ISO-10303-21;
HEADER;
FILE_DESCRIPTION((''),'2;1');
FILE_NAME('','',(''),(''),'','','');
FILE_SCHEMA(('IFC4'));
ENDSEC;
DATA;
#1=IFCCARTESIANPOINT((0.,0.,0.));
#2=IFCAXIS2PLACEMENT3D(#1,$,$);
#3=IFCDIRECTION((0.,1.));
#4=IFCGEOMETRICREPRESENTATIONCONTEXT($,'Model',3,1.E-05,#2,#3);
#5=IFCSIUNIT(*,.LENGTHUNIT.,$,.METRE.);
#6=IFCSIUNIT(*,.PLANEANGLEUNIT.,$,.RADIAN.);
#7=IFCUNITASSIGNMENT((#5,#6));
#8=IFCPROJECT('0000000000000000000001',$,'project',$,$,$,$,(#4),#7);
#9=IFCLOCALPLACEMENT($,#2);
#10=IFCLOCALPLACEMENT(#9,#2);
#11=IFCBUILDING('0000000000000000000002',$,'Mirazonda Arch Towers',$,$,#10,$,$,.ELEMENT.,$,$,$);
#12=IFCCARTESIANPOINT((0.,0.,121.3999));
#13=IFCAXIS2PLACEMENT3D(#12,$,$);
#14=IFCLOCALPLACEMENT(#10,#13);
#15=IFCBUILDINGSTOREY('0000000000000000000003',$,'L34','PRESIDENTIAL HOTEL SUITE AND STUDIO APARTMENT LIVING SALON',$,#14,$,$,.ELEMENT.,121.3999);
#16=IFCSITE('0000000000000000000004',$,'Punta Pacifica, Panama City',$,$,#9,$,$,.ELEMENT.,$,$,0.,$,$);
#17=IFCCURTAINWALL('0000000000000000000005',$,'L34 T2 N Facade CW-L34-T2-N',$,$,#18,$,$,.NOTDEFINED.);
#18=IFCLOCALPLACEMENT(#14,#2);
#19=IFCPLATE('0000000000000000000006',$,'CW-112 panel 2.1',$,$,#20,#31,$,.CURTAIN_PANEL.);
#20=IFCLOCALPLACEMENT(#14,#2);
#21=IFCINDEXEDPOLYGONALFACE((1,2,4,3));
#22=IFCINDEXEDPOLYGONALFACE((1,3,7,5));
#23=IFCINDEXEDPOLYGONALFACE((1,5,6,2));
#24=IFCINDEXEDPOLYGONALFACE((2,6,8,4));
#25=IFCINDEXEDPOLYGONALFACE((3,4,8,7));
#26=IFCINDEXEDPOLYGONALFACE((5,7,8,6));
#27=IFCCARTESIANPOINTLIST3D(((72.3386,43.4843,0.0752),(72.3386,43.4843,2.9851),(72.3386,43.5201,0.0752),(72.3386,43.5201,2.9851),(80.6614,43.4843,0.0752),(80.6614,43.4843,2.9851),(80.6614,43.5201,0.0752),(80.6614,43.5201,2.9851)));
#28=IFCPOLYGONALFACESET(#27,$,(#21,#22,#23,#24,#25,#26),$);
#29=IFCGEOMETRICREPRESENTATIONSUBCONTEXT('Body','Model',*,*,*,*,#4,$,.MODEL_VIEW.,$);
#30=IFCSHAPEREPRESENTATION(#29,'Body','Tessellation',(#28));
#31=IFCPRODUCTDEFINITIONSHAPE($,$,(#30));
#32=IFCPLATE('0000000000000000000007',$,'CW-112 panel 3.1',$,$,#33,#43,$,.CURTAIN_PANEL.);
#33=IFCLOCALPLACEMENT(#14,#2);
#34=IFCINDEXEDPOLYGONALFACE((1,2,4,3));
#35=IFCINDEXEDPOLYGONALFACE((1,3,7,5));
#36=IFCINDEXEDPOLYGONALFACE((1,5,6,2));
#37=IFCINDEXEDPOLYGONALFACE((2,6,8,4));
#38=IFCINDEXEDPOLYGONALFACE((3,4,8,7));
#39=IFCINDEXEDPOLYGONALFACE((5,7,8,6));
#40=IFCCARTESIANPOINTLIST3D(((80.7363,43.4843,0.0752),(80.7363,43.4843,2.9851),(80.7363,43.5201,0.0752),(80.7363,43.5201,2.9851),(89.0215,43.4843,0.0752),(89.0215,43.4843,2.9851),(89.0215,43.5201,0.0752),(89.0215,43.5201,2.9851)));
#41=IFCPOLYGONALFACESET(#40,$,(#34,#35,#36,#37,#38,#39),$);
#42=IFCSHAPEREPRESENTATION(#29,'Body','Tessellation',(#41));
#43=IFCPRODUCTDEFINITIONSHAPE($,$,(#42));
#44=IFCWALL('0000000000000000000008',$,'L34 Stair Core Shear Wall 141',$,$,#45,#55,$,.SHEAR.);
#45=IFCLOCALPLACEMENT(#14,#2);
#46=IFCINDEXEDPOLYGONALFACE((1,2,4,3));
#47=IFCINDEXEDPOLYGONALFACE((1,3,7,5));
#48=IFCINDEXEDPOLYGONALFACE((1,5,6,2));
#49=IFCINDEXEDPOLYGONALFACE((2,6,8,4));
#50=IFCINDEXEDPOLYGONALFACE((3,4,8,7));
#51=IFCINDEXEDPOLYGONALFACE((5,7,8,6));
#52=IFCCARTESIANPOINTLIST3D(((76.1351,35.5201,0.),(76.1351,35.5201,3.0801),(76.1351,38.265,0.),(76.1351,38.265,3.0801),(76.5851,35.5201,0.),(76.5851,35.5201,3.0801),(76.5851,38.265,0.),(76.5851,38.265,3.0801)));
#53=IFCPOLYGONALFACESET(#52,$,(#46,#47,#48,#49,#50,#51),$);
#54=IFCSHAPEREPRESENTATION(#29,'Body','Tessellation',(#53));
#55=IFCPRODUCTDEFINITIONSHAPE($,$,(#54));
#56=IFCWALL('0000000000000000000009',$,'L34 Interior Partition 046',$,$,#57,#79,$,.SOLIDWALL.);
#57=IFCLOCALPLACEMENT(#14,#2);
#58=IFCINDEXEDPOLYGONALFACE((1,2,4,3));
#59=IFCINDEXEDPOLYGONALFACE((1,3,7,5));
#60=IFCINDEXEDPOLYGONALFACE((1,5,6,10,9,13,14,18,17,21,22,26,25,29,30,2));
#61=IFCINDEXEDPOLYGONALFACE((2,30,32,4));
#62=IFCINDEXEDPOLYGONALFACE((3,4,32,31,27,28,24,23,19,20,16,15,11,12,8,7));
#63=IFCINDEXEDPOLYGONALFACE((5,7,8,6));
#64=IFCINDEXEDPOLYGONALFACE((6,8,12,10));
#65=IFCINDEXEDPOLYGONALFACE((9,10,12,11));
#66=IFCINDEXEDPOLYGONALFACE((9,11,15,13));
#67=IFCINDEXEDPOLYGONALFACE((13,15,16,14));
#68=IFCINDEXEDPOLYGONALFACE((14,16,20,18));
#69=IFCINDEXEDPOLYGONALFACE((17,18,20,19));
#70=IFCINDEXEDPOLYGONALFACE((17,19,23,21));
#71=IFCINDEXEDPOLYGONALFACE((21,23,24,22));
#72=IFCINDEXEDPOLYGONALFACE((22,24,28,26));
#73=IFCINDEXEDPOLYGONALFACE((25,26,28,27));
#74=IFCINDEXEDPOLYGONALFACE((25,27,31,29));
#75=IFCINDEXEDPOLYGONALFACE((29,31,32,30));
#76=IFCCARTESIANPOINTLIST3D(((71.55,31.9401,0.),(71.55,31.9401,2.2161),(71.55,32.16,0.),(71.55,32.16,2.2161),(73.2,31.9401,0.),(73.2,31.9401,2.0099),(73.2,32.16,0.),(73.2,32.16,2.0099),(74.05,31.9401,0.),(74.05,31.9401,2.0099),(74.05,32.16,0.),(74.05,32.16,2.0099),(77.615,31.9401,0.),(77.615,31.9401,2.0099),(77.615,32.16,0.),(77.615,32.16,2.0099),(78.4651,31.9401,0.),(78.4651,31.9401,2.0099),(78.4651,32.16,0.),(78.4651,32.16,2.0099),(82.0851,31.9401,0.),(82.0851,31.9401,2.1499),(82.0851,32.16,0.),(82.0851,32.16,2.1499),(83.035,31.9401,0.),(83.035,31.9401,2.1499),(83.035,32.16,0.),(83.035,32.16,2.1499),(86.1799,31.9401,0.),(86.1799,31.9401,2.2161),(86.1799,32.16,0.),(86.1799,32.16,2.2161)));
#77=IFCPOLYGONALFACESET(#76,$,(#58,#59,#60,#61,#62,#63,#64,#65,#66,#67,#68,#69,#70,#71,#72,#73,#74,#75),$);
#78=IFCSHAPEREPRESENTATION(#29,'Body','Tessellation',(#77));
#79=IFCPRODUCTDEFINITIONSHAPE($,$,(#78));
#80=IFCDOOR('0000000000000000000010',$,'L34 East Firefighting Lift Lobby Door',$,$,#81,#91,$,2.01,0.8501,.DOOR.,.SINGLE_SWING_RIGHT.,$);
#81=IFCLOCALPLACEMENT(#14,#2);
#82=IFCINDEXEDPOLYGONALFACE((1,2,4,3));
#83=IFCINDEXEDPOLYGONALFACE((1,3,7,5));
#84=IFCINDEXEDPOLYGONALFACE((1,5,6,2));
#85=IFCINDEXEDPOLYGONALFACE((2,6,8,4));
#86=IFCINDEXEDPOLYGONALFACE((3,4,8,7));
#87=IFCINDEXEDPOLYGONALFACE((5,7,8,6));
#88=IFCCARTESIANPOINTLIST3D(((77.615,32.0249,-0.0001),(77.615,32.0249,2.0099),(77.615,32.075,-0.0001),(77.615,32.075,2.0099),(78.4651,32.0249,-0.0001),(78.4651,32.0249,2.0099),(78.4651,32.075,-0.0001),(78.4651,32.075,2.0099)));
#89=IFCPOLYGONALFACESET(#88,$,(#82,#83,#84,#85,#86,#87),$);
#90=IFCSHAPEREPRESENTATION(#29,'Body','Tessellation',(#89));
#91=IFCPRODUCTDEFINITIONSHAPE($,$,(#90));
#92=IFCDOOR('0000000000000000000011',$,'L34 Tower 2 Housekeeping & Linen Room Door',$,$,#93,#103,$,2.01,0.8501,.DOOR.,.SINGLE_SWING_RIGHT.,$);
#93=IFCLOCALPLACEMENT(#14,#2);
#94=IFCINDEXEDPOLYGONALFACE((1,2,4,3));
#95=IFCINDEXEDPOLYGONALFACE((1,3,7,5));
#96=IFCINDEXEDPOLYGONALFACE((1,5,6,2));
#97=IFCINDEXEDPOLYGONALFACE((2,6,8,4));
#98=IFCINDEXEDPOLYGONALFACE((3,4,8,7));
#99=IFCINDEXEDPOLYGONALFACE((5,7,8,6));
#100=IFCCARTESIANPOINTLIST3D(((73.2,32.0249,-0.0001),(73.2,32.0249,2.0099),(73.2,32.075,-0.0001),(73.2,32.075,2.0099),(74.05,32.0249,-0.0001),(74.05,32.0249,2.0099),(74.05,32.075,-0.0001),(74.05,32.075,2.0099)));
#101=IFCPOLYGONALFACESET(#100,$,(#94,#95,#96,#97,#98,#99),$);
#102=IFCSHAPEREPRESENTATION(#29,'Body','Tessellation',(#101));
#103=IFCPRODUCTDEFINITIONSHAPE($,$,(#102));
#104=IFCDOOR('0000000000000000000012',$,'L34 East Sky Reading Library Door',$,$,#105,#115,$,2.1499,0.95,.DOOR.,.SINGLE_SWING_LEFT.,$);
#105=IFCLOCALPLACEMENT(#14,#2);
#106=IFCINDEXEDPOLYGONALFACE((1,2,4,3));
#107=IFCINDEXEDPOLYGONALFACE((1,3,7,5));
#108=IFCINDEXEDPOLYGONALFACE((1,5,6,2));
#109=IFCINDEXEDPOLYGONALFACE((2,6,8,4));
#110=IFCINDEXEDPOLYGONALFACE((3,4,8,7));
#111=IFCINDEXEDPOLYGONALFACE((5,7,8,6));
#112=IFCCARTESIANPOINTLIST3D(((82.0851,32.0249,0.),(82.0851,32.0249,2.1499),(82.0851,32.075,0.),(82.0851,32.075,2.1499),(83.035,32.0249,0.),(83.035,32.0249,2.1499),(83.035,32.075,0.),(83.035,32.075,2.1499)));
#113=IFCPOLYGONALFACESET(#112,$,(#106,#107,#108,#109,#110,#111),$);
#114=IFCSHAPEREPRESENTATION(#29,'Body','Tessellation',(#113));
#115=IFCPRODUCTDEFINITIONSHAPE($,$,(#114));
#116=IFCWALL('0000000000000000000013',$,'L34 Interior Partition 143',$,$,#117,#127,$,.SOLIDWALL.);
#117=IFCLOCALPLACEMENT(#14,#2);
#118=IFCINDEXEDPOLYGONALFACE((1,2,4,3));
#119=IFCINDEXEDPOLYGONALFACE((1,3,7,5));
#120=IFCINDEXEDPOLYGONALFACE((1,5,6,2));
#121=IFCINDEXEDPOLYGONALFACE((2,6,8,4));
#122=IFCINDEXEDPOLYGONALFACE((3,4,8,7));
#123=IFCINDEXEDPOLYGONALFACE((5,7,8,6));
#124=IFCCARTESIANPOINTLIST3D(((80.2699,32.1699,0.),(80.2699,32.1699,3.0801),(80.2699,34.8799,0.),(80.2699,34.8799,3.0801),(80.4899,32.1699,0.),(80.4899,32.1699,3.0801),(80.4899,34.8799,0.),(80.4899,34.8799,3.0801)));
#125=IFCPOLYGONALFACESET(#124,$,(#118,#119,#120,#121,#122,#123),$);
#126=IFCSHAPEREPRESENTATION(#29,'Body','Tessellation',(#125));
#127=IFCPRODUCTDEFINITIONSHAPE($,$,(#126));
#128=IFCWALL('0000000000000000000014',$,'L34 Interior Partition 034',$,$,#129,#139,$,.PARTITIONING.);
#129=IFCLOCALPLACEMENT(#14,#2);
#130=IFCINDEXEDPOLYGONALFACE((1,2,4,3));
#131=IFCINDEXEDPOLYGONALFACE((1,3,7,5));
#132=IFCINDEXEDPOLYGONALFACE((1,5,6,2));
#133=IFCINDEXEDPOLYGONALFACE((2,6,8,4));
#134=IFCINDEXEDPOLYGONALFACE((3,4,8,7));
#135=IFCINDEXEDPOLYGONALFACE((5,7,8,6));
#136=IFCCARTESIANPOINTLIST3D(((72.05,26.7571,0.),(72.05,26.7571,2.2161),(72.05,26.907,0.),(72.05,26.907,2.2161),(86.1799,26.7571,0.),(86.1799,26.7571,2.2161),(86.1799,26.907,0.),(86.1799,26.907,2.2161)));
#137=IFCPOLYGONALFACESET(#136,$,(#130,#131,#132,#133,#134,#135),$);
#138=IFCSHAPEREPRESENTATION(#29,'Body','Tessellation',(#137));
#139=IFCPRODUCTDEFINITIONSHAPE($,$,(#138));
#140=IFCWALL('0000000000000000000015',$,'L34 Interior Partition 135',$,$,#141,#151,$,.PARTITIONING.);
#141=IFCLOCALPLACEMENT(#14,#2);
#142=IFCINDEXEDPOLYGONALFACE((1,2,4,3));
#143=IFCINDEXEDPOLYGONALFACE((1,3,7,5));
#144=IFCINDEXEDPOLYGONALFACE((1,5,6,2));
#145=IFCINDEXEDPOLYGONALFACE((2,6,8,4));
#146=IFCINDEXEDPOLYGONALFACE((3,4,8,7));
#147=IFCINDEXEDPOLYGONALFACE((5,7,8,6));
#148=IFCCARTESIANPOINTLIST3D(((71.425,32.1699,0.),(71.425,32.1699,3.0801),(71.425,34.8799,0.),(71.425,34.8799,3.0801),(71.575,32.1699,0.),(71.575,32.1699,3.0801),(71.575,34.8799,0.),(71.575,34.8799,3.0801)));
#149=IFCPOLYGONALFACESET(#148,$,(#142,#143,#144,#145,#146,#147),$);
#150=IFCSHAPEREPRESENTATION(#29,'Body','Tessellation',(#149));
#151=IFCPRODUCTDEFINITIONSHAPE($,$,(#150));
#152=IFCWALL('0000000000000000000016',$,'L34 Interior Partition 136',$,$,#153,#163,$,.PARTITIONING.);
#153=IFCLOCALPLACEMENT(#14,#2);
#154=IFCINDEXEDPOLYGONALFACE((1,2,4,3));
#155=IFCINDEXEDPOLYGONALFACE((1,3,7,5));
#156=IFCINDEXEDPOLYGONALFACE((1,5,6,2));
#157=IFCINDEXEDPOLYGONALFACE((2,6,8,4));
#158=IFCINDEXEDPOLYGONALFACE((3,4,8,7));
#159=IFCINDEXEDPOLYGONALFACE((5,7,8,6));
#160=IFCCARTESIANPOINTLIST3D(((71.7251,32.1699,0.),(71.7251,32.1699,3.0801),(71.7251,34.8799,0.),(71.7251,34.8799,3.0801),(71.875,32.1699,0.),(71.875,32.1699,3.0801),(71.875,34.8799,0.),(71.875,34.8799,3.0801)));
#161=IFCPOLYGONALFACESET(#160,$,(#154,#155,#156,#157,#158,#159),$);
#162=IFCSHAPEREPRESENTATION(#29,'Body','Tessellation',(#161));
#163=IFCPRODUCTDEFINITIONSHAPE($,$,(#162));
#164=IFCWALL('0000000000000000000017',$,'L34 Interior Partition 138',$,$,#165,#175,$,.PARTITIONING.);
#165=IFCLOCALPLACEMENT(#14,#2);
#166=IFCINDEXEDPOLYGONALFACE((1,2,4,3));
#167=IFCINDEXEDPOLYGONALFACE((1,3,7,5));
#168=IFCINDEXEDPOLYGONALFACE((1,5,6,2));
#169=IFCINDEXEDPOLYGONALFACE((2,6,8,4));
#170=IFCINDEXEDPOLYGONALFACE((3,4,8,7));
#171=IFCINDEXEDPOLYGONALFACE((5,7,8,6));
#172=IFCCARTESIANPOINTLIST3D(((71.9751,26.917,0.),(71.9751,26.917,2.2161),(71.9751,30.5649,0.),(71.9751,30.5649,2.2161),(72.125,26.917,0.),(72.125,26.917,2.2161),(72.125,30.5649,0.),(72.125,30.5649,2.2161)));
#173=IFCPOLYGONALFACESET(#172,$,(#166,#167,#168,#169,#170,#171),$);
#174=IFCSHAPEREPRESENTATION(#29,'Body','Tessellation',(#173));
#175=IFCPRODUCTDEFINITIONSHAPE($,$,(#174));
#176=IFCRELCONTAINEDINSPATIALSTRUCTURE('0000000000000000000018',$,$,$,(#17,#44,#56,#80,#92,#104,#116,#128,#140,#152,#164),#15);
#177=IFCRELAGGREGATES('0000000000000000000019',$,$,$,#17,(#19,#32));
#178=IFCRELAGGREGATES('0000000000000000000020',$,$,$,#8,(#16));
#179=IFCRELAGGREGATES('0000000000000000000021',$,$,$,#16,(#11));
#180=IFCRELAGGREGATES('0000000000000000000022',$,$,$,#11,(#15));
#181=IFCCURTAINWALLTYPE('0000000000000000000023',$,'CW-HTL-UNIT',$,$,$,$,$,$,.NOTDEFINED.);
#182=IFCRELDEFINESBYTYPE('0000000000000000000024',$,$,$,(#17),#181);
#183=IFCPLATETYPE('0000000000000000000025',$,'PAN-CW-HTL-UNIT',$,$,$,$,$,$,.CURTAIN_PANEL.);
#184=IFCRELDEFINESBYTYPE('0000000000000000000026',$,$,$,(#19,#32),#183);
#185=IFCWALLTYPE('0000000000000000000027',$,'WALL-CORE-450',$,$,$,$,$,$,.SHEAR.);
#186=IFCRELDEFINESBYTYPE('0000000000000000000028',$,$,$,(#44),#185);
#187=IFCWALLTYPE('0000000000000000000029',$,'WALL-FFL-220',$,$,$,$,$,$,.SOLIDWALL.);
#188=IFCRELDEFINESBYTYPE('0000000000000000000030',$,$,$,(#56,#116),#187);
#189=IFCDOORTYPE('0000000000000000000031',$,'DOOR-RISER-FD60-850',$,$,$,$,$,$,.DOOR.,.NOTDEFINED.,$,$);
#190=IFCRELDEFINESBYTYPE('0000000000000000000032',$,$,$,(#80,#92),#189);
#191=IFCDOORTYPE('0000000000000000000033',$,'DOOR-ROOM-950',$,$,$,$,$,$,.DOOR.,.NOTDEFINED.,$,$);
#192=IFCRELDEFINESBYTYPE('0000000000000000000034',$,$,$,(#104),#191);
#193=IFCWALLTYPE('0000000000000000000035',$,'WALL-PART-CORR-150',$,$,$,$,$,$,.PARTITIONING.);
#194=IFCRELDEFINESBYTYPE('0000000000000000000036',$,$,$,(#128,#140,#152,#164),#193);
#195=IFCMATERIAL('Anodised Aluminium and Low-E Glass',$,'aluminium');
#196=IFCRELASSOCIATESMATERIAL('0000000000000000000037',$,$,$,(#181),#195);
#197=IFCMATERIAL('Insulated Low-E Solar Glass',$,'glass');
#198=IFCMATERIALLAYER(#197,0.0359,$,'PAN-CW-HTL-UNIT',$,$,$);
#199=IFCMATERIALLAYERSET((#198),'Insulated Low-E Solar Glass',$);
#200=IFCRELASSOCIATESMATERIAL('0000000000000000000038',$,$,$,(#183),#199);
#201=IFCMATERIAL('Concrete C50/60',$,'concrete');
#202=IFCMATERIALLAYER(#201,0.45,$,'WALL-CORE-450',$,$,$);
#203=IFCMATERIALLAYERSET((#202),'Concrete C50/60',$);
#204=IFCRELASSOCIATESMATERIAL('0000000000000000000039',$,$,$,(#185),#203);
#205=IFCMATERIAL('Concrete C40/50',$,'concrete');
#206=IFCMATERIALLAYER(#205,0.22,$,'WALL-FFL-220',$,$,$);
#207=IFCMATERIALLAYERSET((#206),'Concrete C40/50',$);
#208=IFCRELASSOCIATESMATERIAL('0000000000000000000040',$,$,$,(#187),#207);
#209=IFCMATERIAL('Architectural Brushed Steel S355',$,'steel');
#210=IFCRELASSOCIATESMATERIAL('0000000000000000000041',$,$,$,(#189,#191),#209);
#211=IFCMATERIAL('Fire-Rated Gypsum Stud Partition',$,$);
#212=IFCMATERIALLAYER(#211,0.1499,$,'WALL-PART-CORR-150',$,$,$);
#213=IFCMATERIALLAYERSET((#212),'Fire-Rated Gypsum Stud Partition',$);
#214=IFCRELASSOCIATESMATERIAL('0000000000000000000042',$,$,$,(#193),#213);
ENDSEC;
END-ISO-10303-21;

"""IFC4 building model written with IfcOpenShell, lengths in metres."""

from ifc_helpers import new_model, si_unit, direction, frame, frame_2d, origin, origin_2d, place, context, subcontext, project, spatial, rectangle, extrude, material, layer, layer_set, type_object, element, fill, aggregate, save


model = new_model("IFC4")

# Units and contexts
model_context = context("Model", 3, precision=1e-05, world=origin(), true_north=direction((0.0, 1.0)))
body_context = subcontext(model_context, "Body", "Model", "MODEL_VIEW")
ifc_project = project(units=[si_unit("LENGTHUNIT", "METRE"), si_unit("PLANEANGLEUNIT", "RADIAN")], contexts=[model_context])

# Site, building, storey
site_placement = place(None, origin())
site = spatial("IfcSite", under=ifc_project, at=site_placement, Name="Punta Pacifica, Panama City", CompositionType="ELEMENT", RefElevation=0.0)
building_placement = place(site_placement, origin())
building = spatial("IfcBuilding", under=site, at=building_placement, Name="Mirazonda Arch Towers", CompositionType="ELEMENT")
storey_placement = place(building_placement, frame((0.0, 0.0, 121.3999)))
storey = spatial("IfcBuildingStorey", under=building, at=storey_placement, Name="L34", Description="PRESIDENTIAL HOTEL SUITE AND STUDIO APARTMENT LIVING SALON", CompositionType="ELEMENT", Elevation=121.3999)

# Shared definitions
ifc_material_1 = material(Name="Concrete C50/60", Category="concrete")

# Curtain wall, plates
ifc_material_2 = material(Name="Anodised Aluminium and Low-E Glass", Category="aluminium")
curtain_wall_type = type_object("IfcCurtainWallType", Name="CW-HTL-UNIT", PredefinedType="NOTDEFINED", material=ifc_material_2)
curtain_wall_placement = place(storey_placement, origin())
curtain_wall = element("IfcCurtainWall", 1, at=curtain_wall_placement, inside=storey, type_object=curtain_wall_type, Name="L34 T2 N Facade CW-L34-T2-N", PredefinedType="NOTDEFINED")
ifc_material_3 = material(Name="Insulated Low-E Solar Glass", Category="glass")
ifc_layer_1 = layer(ifc_material_3, 0.0359, Name="PAN-CW-HTL-UNIT")
ifc_layer_set_1 = layer_set([ifc_layer_1], Name="Insulated Low-E Solar Glass")
plate_type = type_object("IfcPlateType", Name="PAN-CW-HTL-UNIT", PredefinedType="CURTAIN_PANEL", material=ifc_layer_set_1)
plate_1_placement = place(storey_placement, frame((76.5, 43.5022, 0.0752), z_axis=(0.0, 0.0, 1.0), x_axis=(1.0, 0.0, 0.0)))
plate_1 = element("IfcPlate", 2, at=plate_1_placement, type_object=plate_type, Name="CW-112 panel 2.1", PredefinedType="CURTAIN_PANEL", context=body_context, shape_type="SweptSolid", body=[
    extrude(rectangle(XDim=8.3228, YDim=0.0359, at=origin_2d()), origin(), (0.0, 0.0, 1.0), 2.9099),
])
plate_2_placement = place(storey_placement, frame((84.8789, 43.5022, 0.0752), z_axis=(0.0, 0.0, 1.0), x_axis=(1.0, 0.0, 0.0)))
plate_2 = element("IfcPlate", 3, at=plate_2_placement, type_object=plate_type, Name="CW-112 panel 3.1", PredefinedType="CURTAIN_PANEL", context=body_context, shape_type="SweptSolid", body=[
    extrude(rectangle(XDim=8.2852, YDim=0.0359, at=origin_2d()), origin(), (0.0, 0.0, 1.0), 2.9099),
])
aggregate(curtain_wall, [plate_1, plate_2])

# Wall
ifc_layer_2 = layer(ifc_material_1, 0.45, Name="WALL-CORE-450")
ifc_layer_set_2 = layer_set([ifc_layer_2], Name="Concrete C50/60")
wall_type_1 = type_object("IfcWallType", Name="WALL-CORE-450", PredefinedType="SHEAR", material=ifc_layer_set_2)
wall_1_placement = place(storey_placement, frame((76.3601, 35.52, 0.0), z_axis=(0.0, 0.0, 1.0), x_axis=(0.0, 1.0, 0.0)))
element("IfcWall", 4, at=wall_1_placement, inside=storey, type_object=wall_type_1, Name="L34 Stair Core Shear Wall 141", PredefinedType="SHEAR", context=body_context, shape_type="SweptSolid", body=[
    extrude(rectangle(XDim=2.7449, YDim=0.45, at=frame_2d((1.3726, 0.0))), origin(), (0.0, 0.0, 1.0), 3.0801),
])

# Wall, openings, doors
ifc_material_4 = material(Name="Concrete C40/50", Category="concrete")
ifc_layer_3 = layer(ifc_material_4, 0.22, Name="WALL-FFL-220")
ifc_layer_set_3 = layer_set([ifc_layer_3], Name="Concrete C40/50")
wall_type_2 = type_object("IfcWallType", Name="WALL-FFL-220", PredefinedType="SOLIDWALL", material=ifc_layer_set_3)
wall_2_placement = place(storey_placement, frame((71.55, 32.05, 0.0), z_axis=(0.0, 0.0, 1.0), x_axis=(1.0, 0.0, 0.0)))
wall_2 = element("IfcWall", 5, at=wall_2_placement, inside=storey, type_object=wall_type_2, Name="L34 Interior Partition 046", PredefinedType="SOLIDWALL", context=body_context, shape_type="SweptSolid", body=[
    extrude(rectangle(XDim=14.6299, YDim=0.22, at=frame_2d((7.3149, 0.0))), origin(), (0.0, 0.0, 1.0), 2.2161),
])
opening_1_placement = place(wall_2_placement, frame((6.0649, 0.0, 0.0)))
opening_1 = element("IfcOpeningElement", 6, at=opening_1_placement, cuts=wall_2, PredefinedType="OPENING", context=body_context, shape_type="SweptSolid", body=[
    extrude(rectangle(XDim=0.8501, YDim=2.01, at=frame_2d((0.425, 1.0049))), frame((0.0, 0.1199, 0.0), z_axis=(0.0, -1.0, 0.0), x_axis=(1.0, 0.0, 0.0)), (0.0, 0.0, 1.0), 0.24),
])
opening_2_placement = place(wall_2_placement, frame((10.5349, 0.0, 0.0)))
opening_2 = element("IfcOpeningElement", 7, at=opening_2_placement, cuts=wall_2, PredefinedType="OPENING", context=body_context, shape_type="SweptSolid", body=[
    extrude(rectangle(XDim=0.95, YDim=2.1499, at=frame_2d((0.4751, 1.075))), frame((0.0, 0.1199, 0.0), z_axis=(0.0, -1.0, 0.0), x_axis=(1.0, 0.0, 0.0)), (0.0, 0.0, 1.0), 0.24),
])
opening_3_placement = place(wall_2_placement, frame((1.6499, 0.0, 0.0)))
opening_3 = element("IfcOpeningElement", 8, at=opening_3_placement, cuts=wall_2, PredefinedType="OPENING", context=body_context, shape_type="SweptSolid", body=[
    extrude(rectangle(XDim=0.8501, YDim=2.01, at=frame_2d((0.425, 1.0049))), frame((0.0, 0.1199, 0.0), z_axis=(0.0, -1.0, 0.0), x_axis=(1.0, 0.0, 0.0)), (0.0, 0.0, 1.0), 0.24),
])
ifc_material_5 = material(Name="Architectural Brushed Steel S355", Category="steel")
door_type_1 = type_object("IfcDoorType", Name="DOOR-RISER-FD60-850", OperationType="NOTDEFINED", PredefinedType="DOOR", material=ifc_material_5)
door_1_placement = place(opening_1_placement, origin())
door_1 = element("IfcDoor", 9, at=door_1_placement, inside=storey, type_object=door_type_1, Name="L34 East Firefighting Lift Lobby Door", OperationType="SINGLE_SWING_RIGHT", OverallHeight=2.01, OverallWidth=0.8501, PredefinedType="DOOR", context=body_context, shape_type="SweptSolid", body=[
    extrude(rectangle(XDim=0.8501, YDim=2.01, at=frame_2d((0.425, 1.0049))), frame((0.0, 0.0249, 0.0), z_axis=(0.0, -1.0, 0.0), x_axis=(1.0, 0.0, 0.0)), (0.0, 0.0, 1.0), 0.05),
])
fill(opening_1, door_1)
door_2_placement = place(opening_3_placement, origin())
door_2 = element("IfcDoor", 10, at=door_2_placement, inside=storey, type_object=door_type_1, Name="L34 Tower 2 Housekeeping & Linen Room Door", OperationType="SINGLE_SWING_RIGHT", OverallHeight=2.01, OverallWidth=0.8501, PredefinedType="DOOR", context=body_context, shape_type="SweptSolid", body=[
    extrude(rectangle(XDim=0.8501, YDim=2.01, at=frame_2d((0.425, 1.0049))), frame((0.0, 0.0249, 0.0), z_axis=(0.0, -1.0, 0.0), x_axis=(1.0, 0.0, 0.0)), (0.0, 0.0, 1.0), 0.05),
])
fill(opening_3, door_2)
door_type_2 = type_object("IfcDoorType", Name="DOOR-ROOM-950", OperationType="NOTDEFINED", PredefinedType="DOOR", material=ifc_material_5)
door_3_placement = place(opening_2_placement, origin())
door_3 = element("IfcDoor", 11, at=door_3_placement, inside=storey, type_object=door_type_2, Name="L34 East Sky Reading Library Door", OperationType="SINGLE_SWING_LEFT", OverallHeight=2.1499, OverallWidth=0.95, PredefinedType="DOOR", context=body_context, shape_type="SweptSolid", body=[
    extrude(rectangle(XDim=0.95, YDim=2.1499, at=frame_2d((0.4751, 1.075))), frame((0.0, 0.0249, 0.0), z_axis=(0.0, -1.0, 0.0), x_axis=(1.0, 0.0, 0.0)), (0.0, 0.0, 1.0), 0.05),
])
fill(opening_2, door_3)

# Walls
wall_3_placement = place(storey_placement, frame((80.3799, 32.1699, 0.0), z_axis=(0.0, 0.0, 1.0), x_axis=(0.0, 1.0, 0.0)))
element("IfcWall", 12, at=wall_3_placement, inside=storey, type_object=wall_type_2, Name="L34 Interior Partition 143", PredefinedType="SOLIDWALL", context=body_context, shape_type="SweptSolid", body=[
    extrude(rectangle(XDim=2.71, YDim=0.22, at=frame_2d((1.355, 0.0))), origin(), (0.0, 0.0, 1.0), 3.0801),
])
ifc_material_6 = material(Name="Fire-Rated Gypsum Stud Partition")
ifc_layer_4 = layer(ifc_material_6, 0.1499, Name="WALL-PART-CORR-150")
ifc_layer_set_4 = layer_set([ifc_layer_4], Name="Fire-Rated Gypsum Stud Partition")
wall_type_3 = type_object("IfcWallType", Name="WALL-PART-CORR-150", PredefinedType="PARTITIONING", material=ifc_layer_set_4)
wall_4_placement = place(storey_placement, frame((72.05, 26.832, 0.0), z_axis=(0.0, 0.0, 1.0), x_axis=(1.0, 0.0, 0.0)))
element("IfcWall", 13, at=wall_4_placement, inside=storey, type_object=wall_type_3, Name="L34 Interior Partition 034", PredefinedType="PARTITIONING", context=body_context, shape_type="SweptSolid", body=[
    extrude(rectangle(XDim=14.1299, YDim=0.1499, at=frame_2d((7.0649, 0.0))), origin(), (0.0, 0.0, 1.0), 2.2161),
])
for number, where, z_axis, x_axis, name in (
    (14, (71.5, 32.1699, 0.0), (0.0, 0.0, 1.0), (0.0, 1.0, 0.0), "L34 Interior Partition 135"),
    (15, (71.8, 32.1699, 0.0), (0.0, 0.0, 1.0), (0.0, 1.0, 0.0), "L34 Interior Partition 136"),
):
    element("IfcWall", number, at=place(storey_placement, frame(where, z_axis=z_axis, x_axis=x_axis)), inside=storey, type_object=wall_type_3, Name=name, PredefinedType="PARTITIONING", context=body_context, shape_type="SweptSolid", body=[
        extrude(rectangle(XDim=2.71, YDim=0.1499, at=frame_2d((1.355, 0.0))), origin(), (0.0, 0.0, 1.0), 3.0801),
    ])
wall_5_placement = place(storey_placement, frame((72.05, 26.917, 0.0), z_axis=(0.0, 0.0, 1.0), x_axis=(0.0, 1.0, 0.0)))
element("IfcWall", 16, at=wall_5_placement, inside=storey, type_object=wall_type_3, Name="L34 Interior Partition 138", PredefinedType="PARTITIONING", context=body_context, shape_type="SweptSolid", body=[
    extrude(rectangle(XDim=3.6479, YDim=0.1499, at=frame_2d((1.824, 0.0))), origin(), (0.0, 0.0, 1.0), 2.2161),
])

save(model, "model.ifc")
